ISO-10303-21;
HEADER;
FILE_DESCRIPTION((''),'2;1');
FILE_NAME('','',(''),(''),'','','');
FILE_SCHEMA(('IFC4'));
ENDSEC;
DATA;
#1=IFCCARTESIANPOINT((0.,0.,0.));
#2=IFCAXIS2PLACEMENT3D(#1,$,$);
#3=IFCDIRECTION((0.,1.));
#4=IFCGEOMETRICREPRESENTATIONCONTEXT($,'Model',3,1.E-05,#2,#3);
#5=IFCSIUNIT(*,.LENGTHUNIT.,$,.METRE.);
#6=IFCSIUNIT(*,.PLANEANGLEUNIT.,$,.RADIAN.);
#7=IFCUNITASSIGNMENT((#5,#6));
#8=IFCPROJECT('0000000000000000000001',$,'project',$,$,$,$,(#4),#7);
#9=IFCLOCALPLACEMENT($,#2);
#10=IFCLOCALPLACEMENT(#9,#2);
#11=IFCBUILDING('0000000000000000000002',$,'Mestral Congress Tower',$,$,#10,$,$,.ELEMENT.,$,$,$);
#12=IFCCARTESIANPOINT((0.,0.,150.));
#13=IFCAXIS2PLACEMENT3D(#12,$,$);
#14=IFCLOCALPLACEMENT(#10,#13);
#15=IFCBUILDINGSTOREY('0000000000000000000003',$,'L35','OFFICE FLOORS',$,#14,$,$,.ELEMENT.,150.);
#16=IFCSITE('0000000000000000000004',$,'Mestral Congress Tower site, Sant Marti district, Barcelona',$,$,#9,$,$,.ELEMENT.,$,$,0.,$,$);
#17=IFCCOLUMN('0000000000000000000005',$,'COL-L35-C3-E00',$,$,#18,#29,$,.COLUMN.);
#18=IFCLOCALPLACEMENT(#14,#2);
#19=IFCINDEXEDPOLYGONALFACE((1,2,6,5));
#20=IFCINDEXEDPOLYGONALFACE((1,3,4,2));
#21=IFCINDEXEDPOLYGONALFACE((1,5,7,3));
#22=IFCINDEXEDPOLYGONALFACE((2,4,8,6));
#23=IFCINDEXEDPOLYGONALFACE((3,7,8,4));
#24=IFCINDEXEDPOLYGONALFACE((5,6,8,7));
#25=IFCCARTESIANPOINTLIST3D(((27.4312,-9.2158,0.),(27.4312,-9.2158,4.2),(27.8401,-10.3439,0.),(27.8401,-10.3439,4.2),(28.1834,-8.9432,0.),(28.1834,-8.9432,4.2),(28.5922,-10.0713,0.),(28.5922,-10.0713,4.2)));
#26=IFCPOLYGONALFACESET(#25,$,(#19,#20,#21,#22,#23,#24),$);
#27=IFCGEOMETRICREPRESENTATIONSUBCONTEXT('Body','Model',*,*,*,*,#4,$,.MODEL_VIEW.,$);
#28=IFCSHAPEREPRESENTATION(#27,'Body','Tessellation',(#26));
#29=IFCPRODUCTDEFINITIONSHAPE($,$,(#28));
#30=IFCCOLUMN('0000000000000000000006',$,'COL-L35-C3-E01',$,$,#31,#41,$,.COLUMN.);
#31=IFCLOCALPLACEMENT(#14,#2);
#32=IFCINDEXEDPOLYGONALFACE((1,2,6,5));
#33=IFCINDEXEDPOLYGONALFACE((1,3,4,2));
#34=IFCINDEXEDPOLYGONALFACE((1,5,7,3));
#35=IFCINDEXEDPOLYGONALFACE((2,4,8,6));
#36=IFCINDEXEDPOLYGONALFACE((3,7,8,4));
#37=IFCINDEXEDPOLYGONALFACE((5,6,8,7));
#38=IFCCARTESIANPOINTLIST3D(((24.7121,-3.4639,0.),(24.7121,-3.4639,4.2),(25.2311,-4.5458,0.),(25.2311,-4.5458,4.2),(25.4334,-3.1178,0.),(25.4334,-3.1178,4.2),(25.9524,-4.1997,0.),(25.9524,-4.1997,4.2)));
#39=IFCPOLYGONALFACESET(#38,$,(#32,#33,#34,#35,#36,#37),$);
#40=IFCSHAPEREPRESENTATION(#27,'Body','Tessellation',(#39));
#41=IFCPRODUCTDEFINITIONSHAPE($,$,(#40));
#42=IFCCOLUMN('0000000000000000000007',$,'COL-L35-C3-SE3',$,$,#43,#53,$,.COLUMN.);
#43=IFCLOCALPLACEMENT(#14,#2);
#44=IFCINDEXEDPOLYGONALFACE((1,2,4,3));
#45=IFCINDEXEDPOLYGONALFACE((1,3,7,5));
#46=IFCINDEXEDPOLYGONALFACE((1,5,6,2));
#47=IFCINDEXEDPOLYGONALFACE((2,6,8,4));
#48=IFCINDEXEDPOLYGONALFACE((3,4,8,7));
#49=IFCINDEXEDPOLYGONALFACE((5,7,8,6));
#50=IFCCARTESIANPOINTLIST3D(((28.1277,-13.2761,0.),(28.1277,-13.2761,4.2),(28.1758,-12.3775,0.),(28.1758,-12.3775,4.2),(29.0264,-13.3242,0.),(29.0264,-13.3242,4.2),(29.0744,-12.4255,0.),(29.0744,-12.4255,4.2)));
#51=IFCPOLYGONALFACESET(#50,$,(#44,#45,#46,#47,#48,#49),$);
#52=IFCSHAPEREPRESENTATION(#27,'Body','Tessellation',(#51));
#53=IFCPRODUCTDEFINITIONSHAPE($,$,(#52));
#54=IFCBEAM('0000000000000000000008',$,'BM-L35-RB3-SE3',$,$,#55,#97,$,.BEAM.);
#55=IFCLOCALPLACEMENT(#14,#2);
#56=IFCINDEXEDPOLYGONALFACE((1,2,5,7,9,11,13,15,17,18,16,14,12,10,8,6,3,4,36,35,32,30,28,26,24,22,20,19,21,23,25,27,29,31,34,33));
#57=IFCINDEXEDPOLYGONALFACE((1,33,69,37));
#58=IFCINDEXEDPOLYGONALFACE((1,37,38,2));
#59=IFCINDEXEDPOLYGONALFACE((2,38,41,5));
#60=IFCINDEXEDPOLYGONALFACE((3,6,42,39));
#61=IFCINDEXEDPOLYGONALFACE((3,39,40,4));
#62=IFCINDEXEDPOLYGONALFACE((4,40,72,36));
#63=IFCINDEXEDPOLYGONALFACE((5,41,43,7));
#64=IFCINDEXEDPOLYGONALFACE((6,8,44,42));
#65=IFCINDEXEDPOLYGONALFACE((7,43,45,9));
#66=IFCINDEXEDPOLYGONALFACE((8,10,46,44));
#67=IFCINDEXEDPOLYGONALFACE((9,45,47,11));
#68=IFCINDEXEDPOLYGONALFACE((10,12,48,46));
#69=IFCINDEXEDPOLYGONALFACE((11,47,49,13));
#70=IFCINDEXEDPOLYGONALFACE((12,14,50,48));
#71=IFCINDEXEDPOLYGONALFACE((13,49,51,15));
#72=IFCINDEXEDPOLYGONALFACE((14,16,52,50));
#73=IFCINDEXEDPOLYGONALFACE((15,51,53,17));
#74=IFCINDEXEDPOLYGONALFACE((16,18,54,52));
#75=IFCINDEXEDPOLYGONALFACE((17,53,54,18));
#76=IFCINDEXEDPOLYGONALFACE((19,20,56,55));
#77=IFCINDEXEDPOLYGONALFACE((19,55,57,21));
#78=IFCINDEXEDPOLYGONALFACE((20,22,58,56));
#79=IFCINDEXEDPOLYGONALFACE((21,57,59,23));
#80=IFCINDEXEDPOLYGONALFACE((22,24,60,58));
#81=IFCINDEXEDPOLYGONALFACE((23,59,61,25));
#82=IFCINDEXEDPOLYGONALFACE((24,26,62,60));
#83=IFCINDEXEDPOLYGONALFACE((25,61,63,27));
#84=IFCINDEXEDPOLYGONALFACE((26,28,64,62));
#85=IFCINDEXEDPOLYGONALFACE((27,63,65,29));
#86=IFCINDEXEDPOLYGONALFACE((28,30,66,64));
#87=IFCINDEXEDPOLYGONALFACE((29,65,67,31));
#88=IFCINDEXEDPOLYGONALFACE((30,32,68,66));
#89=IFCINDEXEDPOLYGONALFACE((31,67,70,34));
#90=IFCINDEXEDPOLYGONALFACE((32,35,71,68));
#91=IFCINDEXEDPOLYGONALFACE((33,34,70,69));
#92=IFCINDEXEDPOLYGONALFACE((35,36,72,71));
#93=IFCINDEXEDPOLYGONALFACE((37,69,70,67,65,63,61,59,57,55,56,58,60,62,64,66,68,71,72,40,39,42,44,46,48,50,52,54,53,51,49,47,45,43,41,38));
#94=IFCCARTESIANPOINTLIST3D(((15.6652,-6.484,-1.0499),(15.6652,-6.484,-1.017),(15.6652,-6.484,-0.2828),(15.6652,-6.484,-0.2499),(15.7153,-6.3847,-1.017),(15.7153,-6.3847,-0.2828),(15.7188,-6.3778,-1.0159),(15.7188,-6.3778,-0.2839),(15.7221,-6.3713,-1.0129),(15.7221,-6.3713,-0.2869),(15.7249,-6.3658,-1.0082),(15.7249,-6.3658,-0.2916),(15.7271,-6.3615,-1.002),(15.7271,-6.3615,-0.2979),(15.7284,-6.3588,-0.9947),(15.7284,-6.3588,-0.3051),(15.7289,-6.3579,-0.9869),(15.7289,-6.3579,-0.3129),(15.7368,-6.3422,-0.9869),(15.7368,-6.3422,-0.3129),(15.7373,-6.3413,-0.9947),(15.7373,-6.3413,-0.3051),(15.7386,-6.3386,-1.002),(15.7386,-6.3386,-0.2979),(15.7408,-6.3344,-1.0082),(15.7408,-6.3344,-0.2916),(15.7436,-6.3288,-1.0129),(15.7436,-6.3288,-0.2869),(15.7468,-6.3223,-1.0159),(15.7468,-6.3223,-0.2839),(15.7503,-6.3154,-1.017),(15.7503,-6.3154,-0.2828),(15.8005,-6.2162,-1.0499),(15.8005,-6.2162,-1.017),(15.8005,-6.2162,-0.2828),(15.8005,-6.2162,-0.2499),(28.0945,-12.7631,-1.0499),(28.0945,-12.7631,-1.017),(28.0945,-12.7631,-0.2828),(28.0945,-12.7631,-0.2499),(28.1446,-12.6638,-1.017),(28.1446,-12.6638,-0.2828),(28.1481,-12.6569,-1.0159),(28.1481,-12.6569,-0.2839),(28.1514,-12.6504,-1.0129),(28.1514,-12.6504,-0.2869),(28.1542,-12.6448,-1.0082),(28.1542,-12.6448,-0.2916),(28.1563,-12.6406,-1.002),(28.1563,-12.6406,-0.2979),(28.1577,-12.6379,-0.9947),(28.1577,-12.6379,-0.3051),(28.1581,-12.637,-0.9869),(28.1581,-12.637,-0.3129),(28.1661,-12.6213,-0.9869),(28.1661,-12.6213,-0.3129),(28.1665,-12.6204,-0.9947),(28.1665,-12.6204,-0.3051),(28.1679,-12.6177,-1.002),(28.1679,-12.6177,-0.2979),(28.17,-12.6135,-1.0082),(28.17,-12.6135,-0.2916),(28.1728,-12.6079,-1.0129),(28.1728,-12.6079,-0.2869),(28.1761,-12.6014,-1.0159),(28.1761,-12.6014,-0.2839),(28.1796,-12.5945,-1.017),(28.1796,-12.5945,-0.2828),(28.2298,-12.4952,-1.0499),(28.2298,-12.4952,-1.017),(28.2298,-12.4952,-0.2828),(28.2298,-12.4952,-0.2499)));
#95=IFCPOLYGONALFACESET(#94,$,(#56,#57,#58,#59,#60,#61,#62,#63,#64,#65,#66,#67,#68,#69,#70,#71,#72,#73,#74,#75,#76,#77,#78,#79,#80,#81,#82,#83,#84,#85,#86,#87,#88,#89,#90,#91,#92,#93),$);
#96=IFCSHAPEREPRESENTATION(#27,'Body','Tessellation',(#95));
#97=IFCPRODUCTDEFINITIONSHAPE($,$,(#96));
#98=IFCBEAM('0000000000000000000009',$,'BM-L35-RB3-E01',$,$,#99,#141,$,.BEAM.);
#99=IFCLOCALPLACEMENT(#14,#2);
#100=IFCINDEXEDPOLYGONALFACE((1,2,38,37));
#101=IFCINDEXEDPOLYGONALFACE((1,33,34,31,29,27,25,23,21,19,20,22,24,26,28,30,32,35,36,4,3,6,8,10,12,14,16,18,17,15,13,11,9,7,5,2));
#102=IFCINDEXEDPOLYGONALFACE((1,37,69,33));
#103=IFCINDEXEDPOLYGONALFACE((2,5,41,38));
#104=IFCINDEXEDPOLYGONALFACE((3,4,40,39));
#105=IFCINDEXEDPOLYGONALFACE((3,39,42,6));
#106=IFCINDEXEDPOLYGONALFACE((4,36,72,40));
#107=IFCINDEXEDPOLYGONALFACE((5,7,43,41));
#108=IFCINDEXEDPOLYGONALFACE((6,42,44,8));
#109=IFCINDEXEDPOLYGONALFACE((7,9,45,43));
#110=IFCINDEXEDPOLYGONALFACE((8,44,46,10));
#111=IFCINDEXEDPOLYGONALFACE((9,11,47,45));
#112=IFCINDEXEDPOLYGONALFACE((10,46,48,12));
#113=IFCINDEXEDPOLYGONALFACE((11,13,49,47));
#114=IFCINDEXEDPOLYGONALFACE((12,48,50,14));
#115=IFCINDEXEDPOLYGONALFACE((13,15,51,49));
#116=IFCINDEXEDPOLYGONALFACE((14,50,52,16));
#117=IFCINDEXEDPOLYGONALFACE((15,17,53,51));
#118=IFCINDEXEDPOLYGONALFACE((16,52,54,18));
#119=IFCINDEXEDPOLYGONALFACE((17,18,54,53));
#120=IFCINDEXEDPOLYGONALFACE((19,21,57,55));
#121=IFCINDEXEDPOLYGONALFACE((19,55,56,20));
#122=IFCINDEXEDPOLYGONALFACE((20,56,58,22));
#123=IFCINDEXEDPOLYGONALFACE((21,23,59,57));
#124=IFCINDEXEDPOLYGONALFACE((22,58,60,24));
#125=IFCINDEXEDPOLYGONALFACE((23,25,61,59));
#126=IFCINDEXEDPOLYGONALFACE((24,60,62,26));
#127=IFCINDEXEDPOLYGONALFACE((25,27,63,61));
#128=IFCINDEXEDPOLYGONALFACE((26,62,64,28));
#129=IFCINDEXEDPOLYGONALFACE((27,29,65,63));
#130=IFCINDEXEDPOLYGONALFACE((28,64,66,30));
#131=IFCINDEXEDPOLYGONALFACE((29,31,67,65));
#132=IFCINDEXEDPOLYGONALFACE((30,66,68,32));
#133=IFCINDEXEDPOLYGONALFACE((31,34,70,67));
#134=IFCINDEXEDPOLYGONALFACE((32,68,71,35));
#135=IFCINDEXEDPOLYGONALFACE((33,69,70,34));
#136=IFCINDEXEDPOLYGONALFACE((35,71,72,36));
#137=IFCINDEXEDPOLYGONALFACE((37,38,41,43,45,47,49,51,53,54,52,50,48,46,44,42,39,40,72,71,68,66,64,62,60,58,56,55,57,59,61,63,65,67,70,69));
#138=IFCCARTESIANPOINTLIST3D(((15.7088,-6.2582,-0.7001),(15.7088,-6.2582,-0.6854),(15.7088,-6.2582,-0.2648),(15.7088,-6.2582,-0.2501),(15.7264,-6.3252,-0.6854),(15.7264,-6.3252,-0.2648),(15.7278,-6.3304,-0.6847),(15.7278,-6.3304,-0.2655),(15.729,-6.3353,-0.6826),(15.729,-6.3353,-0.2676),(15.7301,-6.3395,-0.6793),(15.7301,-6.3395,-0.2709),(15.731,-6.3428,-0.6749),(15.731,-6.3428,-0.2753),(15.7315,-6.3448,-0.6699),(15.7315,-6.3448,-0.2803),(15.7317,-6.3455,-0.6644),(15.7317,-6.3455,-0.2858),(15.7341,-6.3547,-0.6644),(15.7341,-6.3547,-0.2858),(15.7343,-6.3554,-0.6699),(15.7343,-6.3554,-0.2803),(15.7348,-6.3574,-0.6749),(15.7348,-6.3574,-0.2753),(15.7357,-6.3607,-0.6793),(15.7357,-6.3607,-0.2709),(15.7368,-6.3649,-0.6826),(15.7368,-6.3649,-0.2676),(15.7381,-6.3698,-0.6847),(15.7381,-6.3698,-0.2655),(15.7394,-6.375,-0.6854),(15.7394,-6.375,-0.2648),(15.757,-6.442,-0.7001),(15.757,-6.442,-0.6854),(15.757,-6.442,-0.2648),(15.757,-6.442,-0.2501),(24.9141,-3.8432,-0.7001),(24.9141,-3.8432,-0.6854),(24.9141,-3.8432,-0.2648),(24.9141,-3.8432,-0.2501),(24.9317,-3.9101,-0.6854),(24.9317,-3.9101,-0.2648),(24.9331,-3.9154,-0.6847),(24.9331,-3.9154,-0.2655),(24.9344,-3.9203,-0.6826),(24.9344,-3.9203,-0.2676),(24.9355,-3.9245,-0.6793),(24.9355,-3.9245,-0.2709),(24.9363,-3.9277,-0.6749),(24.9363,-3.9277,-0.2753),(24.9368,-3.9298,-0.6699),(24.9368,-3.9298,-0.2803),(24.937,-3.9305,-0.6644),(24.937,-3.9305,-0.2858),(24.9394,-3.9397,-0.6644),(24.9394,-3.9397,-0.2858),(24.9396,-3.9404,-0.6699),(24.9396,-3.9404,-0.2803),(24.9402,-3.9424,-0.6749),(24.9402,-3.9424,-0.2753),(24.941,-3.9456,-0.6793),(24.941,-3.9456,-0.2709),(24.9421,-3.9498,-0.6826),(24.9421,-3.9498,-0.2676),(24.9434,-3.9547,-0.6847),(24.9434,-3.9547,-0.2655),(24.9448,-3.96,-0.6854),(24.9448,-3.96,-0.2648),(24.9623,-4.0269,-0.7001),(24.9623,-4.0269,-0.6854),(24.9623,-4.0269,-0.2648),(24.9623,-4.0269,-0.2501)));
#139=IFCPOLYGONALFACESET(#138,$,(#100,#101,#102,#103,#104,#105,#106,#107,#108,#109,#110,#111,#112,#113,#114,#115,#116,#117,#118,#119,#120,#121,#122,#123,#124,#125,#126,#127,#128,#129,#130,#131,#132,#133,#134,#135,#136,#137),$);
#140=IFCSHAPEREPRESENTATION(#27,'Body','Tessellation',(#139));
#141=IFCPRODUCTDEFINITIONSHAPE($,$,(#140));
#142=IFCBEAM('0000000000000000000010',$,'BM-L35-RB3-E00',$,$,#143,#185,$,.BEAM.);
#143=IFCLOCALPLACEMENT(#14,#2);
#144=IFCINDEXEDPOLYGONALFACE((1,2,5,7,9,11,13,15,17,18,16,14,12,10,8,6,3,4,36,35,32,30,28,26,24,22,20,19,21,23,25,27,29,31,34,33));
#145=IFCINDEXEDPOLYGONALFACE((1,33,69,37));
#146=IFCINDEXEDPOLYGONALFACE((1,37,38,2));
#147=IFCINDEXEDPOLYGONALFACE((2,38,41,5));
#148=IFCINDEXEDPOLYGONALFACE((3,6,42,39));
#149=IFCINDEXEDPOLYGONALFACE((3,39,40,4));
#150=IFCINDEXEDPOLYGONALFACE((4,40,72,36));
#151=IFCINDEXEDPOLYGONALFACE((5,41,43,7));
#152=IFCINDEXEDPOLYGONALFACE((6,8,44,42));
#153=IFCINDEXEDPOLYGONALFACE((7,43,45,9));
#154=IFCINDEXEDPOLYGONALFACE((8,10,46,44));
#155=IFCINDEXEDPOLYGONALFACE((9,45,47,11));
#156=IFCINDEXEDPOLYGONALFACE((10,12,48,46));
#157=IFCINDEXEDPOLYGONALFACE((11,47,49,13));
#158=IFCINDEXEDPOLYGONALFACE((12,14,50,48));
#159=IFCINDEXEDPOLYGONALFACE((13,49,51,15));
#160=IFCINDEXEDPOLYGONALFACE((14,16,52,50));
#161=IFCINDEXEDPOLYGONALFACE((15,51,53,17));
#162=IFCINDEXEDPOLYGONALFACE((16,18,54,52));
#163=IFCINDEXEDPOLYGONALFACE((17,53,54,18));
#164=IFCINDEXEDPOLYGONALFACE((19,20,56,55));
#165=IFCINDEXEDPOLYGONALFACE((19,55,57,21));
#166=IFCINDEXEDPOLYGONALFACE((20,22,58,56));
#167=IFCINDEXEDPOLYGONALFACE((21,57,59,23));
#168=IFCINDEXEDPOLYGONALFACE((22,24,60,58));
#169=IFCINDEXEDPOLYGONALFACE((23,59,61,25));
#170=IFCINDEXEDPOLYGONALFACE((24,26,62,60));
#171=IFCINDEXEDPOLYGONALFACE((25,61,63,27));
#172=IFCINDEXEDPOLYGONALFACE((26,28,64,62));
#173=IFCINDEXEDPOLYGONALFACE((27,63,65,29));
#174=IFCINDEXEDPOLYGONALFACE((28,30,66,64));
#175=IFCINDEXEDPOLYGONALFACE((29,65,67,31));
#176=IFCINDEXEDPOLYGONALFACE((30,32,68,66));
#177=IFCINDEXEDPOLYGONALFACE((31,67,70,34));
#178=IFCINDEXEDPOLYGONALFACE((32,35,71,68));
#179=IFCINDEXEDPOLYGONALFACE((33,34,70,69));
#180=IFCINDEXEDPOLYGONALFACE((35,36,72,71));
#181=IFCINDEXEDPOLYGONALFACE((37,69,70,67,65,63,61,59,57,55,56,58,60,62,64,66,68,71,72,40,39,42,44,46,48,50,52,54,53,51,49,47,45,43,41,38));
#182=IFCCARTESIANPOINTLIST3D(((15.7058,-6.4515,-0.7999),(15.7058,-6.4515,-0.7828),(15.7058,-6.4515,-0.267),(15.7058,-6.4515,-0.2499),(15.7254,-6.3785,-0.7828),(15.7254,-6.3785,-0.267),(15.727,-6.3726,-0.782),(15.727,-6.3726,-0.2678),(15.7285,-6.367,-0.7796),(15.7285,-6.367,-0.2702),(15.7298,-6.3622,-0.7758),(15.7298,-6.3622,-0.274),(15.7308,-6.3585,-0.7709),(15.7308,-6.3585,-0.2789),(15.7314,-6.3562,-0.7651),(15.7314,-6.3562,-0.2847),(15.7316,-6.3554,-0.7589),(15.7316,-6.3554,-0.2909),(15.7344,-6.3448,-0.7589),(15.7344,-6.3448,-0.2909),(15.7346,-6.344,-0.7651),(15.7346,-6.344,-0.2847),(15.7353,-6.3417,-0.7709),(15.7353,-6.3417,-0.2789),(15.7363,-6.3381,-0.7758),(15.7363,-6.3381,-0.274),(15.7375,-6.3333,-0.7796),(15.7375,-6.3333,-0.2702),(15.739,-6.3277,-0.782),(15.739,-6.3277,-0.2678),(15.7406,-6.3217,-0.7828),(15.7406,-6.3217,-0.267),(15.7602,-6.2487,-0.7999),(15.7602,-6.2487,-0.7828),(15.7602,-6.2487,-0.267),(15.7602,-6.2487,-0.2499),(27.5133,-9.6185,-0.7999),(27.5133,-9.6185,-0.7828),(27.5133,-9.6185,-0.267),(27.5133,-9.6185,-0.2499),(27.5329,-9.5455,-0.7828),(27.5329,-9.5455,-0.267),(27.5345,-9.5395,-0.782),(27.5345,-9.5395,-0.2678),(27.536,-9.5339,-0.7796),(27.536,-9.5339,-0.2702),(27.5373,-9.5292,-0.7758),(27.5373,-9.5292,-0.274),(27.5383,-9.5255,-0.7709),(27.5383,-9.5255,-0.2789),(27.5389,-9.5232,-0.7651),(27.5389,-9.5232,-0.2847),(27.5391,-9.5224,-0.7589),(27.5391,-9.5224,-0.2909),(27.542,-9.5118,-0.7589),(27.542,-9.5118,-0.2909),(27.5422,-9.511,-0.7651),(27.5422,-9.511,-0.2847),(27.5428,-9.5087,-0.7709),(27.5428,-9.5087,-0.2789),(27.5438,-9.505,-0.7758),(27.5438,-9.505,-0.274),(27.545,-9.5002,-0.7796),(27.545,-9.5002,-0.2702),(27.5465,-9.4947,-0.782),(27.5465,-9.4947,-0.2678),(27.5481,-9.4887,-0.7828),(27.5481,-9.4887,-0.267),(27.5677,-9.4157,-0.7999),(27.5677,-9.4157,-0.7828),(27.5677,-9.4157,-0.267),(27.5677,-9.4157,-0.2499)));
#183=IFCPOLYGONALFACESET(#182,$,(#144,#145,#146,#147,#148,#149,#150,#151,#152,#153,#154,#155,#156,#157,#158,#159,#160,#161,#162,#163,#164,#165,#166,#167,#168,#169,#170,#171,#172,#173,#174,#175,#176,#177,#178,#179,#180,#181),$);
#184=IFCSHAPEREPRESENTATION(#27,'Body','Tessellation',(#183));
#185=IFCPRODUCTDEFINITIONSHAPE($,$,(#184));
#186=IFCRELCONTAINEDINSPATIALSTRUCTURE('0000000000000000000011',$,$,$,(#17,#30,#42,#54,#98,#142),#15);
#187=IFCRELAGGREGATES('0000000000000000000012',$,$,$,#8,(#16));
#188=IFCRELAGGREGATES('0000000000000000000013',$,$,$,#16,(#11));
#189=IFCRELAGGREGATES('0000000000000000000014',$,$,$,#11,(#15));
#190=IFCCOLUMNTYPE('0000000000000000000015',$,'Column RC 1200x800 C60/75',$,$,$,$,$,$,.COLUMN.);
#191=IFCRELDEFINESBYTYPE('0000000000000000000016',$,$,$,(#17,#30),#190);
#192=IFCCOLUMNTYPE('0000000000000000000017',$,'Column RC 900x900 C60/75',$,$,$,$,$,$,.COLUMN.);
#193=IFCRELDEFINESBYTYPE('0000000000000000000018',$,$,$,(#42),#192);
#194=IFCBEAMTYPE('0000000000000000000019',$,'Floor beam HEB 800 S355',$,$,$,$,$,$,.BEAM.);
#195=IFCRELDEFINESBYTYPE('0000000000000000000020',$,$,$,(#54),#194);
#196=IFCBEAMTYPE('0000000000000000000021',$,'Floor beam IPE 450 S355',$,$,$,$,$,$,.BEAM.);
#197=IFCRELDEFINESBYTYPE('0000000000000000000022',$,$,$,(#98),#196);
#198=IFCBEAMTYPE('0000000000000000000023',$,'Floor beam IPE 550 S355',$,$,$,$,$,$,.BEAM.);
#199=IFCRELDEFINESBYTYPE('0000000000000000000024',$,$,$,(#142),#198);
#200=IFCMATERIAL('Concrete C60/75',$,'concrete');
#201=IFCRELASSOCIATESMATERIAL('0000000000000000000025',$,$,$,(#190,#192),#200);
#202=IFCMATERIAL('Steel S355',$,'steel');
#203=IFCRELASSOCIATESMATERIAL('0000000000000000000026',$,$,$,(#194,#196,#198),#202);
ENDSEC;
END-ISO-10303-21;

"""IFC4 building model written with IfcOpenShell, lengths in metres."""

from ifc_helpers import new_model, si_unit, direction, frame, origin, origin_2d, place, context, subcontext, project, spatial, rectangle, i_section, extrude, material, material_profile, profile_set, type_object, element, save


model = new_model("IFC4")

# Units and contexts
model_context = context("Model", 3, precision=1e-05, world=origin(), true_north=direction((0.0, 1.0)))
body_context = subcontext(model_context, "Body", "Model", "MODEL_VIEW")
ifc_project = project(units=[si_unit("LENGTHUNIT", "METRE"), si_unit("PLANEANGLEUNIT", "RADIAN")], contexts=[model_context])

# Site, building, storey
site_placement = place(None, origin())
site = spatial("IfcSite", under=ifc_project, at=site_placement, Name="Mestral Congress Tower site, Sant Marti district, Barcelona", CompositionType="ELEMENT", RefElevation=0.0)
building_placement = place(site_placement, origin())
building = spatial("IfcBuilding", under=site, at=building_placement, Name="Mestral Congress Tower", CompositionType="ELEMENT")
storey_placement = place(building_placement, frame((0.0, 0.0, 150.0)))
storey = spatial("IfcBuildingStorey", under=building, at=storey_placement, Name="L35", Description="OFFICE FLOORS", CompositionType="ELEMENT", Elevation=150.0)

# Columns
ifc_material_1 = material(Name="Concrete C60/75", Category="concrete")
ifc_material_profile_1 = material_profile(ifc_material_1, rectangle(XDim=1.2, YDim=0.8, at=origin_2d()), Name="RC 1200x800")
ifc_profile_set_1 = profile_set([ifc_material_profile_1], Name="Concrete C60/75")
column_type_1 = type_object("IfcColumnType", Name="Column RC 1200x800 C60/75", PredefinedType="COLUMN", material=ifc_profile_set_1)
for number, where, z_axis, x_axis, name in (
    (1, (28.0117, -9.6436, 0.0), (0.0, 0.0, 1.0), (-0.340744, 0.940156, 0.0), "COL-L35-C3-E00"),
    (2, (25.3323, -3.8318, 0.0), (0.0, 0.0, 1.0), (-0.432522, 0.901624, 0.0), "COL-L35-C3-E01"),
):
    element("IfcColumn", number, at=place(storey_placement, frame(where, z_axis=z_axis, x_axis=x_axis)), inside=storey, type_object=column_type_1, Name=name, PredefinedType="COLUMN", context=body_context, shape_type="SweptSolid", body=[
        extrude(rectangle(XDim=1.2, YDim=0.8, at=origin_2d()), origin(), (0.0, 0.0, 1.0), 4.2),
    ])
ifc_material_profile_2 = material_profile(ifc_material_1, rectangle(XDim=0.8999, YDim=0.8999, at=origin_2d()), Name="RC 900x900")
ifc_profile_set_2 = profile_set([ifc_material_profile_2], Name="Concrete C60/75")
column_type_2 = type_object("IfcColumnType", Name="Column RC 900x900 C60/75", PredefinedType="COLUMN", material=ifc_profile_set_2)
column_placement = place(storey_placement, frame((28.6011, -12.8508, 0.0), z_axis=(0.0, 0.0, 1.0), x_axis=(0.053392, 0.998574, 0.0)))
element("IfcColumn", 3, at=column_placement, inside=storey, type_object=column_type_2, Name="COL-L35-C3-SE3", PredefinedType="COLUMN", context=body_context, shape_type="SweptSolid", body=[
    extrude(rectangle(XDim=0.8999, YDim=0.8999, at=origin_2d()), origin(), (0.0, 0.0, 1.0), 4.2),
])

# Beams
ifc_material_2 = material(Name="Steel S355", Category="steel")
ifc_material_profile_3 = material_profile(ifc_material_2, i_section(OverallWidth=0.3, OverallDepth=0.8, WebThickness=0.0176, FlangeThickness=0.033, FilletRadius=0.03, at=origin_2d()), Name="HEB 800")
ifc_profile_set_3 = profile_set([ifc_material_profile_3], Name="Steel S355")
beam_type_1 = type_object("IfcBeamType", Name="Floor beam HEB 800 S355", PredefinedType="BEAM", material=ifc_profile_set_3)
beam_1_placement = place(storey_placement, frame((28.1621, -12.6292, -0.6499), z_axis=(-0.892568, 0.450913, 0.0), x_axis=(-0.450913, -0.892568, 0.0)))
element("IfcBeam", 4, at=beam_1_placement, inside=storey, type_object=beam_type_1, Name="BM-L35-RB3-SE3", PredefinedType="BEAM", context=body_context, shape_type="SweptSolid", body=[
    extrude(i_section(OverallWidth=0.3, OverallDepth=0.8, WebThickness=0.0176, FlangeThickness=0.033, FilletRadius=0.03, at=origin_2d()), origin(), (0.0, 0.0, 1.0), 13.9253),
])
ifc_material_profile_4 = material_profile(ifc_material_2, i_section(OverallWidth=0.1899, OverallDepth=0.45, WebThickness=0.0095, FlangeThickness=0.0146, FilletRadius=0.021, at=origin_2d()), Name="IPE 450")
ifc_profile_set_4 = profile_set([ifc_material_profile_4], Name="Steel S355")
beam_type_2 = type_object("IfcBeamType", Name="Floor beam IPE 450 S355", PredefinedType="BEAM", material=ifc_profile_set_4)
beam_2_placement = place(storey_placement, frame((24.9382, -3.9351, -0.4751), z_axis=(-0.967266, -0.253765, 0.0), x_axis=(0.253765, -0.967266, 0.0)))
element("IfcBeam", 5, at=beam_2_placement, inside=storey, type_object=beam_type_2, Name="BM-L35-RB3-E01", PredefinedType="BEAM", context=body_context, shape_type="SweptSolid", body=[
    extrude(i_section(OverallWidth=0.1899, OverallDepth=0.45, WebThickness=0.0095, FlangeThickness=0.0146, FilletRadius=0.021, at=origin_2d()), origin(), (0.0, 0.0, 1.0), 9.5168),
])
ifc_material_profile_5 = material_profile(ifc_material_2, i_section(OverallWidth=0.21, OverallDepth=0.55, WebThickness=0.011, FlangeThickness=0.0171, FilletRadius=0.0239, at=origin_2d()), Name="IPE 550")
ifc_profile_set_5 = profile_set([ifc_material_profile_5], Name="Steel S355")
beam_type_3 = type_object("IfcBeamType", Name="Floor beam IPE 550 S355", PredefinedType="BEAM", material=ifc_profile_set_5)
beam_3_placement = place(storey_placement, frame((27.5405, -9.5171, -0.5249), z_axis=(-0.965861, 0.259059, 0.0), x_axis=(-0.259059, -0.965861, 0.0)))
element("IfcBeam", 6, at=beam_3_placement, inside=storey, type_object=beam_type_3, Name="BM-L35-RB3-E00", PredefinedType="BEAM", context=body_context, shape_type="SweptSolid", body=[
    extrude(i_section(OverallWidth=0.21, OverallDepth=0.55, WebThickness=0.011, FlangeThickness=0.0171, FilletRadius=0.0239, at=origin_2d()), origin(), (0.0, 0.0, 1.0), 12.2249),
])

save(model, "model.ifc")
